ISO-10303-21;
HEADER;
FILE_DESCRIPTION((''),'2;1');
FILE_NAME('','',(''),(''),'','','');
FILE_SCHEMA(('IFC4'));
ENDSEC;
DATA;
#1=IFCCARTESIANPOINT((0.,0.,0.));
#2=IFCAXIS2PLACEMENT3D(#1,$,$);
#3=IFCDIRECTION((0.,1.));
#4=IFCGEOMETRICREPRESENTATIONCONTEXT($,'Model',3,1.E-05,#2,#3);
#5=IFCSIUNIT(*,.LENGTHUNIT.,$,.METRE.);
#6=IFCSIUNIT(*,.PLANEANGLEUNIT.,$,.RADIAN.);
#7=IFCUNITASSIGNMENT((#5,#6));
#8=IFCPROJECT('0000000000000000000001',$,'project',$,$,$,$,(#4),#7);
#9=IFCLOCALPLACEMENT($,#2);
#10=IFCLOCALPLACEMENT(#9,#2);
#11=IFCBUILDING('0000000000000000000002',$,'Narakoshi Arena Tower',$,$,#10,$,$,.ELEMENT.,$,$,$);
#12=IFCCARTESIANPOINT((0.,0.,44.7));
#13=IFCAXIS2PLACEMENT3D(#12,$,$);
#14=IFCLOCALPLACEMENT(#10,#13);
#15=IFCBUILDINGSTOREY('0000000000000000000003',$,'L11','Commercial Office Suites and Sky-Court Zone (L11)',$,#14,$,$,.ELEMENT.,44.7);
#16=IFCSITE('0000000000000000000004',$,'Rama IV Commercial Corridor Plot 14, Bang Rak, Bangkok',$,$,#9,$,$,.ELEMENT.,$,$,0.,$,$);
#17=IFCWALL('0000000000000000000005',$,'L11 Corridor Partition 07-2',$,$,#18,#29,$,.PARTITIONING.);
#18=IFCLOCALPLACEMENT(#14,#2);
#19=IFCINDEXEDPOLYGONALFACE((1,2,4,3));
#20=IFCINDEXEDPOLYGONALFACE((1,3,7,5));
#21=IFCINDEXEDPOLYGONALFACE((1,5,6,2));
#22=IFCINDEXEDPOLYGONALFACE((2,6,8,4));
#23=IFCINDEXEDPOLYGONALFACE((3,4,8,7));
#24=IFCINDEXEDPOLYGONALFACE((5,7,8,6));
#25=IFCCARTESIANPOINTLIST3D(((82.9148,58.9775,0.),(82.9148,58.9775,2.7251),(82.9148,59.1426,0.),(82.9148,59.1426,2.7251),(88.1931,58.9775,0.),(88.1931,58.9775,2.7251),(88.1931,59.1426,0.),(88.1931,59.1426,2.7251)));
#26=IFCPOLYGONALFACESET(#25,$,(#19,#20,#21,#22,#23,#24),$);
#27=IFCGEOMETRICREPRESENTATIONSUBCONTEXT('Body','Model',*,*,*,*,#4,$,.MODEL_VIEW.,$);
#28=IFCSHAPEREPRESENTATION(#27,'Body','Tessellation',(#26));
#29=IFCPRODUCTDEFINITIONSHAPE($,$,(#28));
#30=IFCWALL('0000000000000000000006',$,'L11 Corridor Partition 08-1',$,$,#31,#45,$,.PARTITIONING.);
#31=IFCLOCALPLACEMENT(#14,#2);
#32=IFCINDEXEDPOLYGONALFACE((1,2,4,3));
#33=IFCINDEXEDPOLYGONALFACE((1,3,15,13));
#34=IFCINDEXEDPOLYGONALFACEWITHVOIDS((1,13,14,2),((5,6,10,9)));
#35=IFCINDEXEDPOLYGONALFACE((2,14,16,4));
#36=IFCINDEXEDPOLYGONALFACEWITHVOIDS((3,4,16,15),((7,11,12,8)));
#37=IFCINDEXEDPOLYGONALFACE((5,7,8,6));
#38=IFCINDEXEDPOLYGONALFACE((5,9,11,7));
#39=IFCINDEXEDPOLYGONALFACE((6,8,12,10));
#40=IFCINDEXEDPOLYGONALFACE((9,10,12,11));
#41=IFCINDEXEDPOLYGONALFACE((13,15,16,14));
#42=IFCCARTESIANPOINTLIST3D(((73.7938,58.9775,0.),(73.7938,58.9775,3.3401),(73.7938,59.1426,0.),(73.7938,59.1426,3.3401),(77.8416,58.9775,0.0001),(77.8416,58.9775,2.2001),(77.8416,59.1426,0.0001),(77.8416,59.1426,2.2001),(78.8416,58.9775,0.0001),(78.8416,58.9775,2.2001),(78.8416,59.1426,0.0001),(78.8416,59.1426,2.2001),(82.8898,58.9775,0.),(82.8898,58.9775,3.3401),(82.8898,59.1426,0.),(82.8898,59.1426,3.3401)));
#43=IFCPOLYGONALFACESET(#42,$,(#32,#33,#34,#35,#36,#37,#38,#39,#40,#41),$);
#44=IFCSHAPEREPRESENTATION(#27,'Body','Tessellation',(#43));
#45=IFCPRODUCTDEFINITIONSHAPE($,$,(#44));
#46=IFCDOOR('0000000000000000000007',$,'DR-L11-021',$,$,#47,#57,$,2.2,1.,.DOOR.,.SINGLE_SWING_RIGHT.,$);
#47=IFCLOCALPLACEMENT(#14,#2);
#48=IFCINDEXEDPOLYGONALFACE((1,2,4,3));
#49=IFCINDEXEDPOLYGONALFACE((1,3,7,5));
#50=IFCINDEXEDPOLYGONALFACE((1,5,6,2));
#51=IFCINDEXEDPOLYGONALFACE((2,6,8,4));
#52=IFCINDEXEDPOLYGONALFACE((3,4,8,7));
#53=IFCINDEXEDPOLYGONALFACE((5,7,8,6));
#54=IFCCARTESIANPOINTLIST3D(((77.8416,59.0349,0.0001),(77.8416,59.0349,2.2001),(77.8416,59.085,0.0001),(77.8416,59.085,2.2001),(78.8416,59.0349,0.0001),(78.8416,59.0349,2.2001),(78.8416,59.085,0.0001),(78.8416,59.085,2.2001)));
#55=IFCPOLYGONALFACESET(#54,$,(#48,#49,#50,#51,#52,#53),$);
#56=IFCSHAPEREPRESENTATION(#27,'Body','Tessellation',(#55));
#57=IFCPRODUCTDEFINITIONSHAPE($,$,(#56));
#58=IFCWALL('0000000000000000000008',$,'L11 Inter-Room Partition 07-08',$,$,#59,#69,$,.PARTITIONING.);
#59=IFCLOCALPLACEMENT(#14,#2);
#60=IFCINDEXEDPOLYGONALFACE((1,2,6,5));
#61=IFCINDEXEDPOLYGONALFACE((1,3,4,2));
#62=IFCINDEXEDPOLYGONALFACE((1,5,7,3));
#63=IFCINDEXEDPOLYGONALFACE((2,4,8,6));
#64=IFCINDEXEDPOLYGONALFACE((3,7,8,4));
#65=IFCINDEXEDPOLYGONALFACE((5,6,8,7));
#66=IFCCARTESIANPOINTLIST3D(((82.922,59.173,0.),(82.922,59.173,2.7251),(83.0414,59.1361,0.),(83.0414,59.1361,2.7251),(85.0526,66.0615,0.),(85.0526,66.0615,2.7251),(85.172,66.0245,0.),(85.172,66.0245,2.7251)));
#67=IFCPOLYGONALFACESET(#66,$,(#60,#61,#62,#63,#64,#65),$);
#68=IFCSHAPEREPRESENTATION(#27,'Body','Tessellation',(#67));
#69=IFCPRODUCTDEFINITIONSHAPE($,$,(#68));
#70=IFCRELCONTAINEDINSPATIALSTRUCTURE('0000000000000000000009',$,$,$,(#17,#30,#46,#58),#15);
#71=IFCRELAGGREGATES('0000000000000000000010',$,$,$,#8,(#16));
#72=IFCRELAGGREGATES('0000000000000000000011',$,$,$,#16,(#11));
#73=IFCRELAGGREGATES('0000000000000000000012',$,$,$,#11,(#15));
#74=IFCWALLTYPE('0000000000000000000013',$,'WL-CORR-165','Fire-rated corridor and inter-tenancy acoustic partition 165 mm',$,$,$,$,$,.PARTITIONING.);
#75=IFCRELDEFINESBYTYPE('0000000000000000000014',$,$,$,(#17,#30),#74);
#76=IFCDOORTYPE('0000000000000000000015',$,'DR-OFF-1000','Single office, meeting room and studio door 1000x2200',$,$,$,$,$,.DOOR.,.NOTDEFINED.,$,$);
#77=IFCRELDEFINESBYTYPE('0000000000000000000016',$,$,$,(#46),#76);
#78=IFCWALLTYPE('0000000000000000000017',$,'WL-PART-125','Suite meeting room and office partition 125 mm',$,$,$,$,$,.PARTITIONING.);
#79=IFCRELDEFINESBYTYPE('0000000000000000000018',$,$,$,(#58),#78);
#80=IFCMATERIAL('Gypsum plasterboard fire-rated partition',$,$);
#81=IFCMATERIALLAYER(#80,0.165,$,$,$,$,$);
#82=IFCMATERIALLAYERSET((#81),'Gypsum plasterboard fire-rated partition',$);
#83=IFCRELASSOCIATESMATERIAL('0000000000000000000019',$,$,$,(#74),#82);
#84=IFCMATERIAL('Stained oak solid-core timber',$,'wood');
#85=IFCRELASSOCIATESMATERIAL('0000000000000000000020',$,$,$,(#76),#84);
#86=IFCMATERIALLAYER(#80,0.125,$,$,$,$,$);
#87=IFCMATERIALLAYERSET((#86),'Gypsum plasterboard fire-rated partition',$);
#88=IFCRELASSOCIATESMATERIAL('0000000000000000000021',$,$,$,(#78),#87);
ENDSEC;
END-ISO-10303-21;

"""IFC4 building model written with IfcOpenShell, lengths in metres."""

from ifc_helpers import new_model, si_unit, direction, frame, frame_2d, origin, place, context, subcontext, project, spatial, rectangle, extrude, material, layer, layer_set, type_object, element, fill, save


model = new_model("IFC4")

# Units and contexts
model_context = context("Model", 3, precision=1e-05, world=origin(), true_north=direction((0.0, 1.0)))
body_context = subcontext(model_context, "Body", "Model", "MODEL_VIEW")
ifc_project = project(units=[si_unit("LENGTHUNIT", "METRE"), si_unit("PLANEANGLEUNIT", "RADIAN")], contexts=[model_context])

# Site, building, storey
site_placement = place(None, origin())
site = spatial("IfcSite", under=ifc_project, at=site_placement, Name="Rama IV Commercial Corridor Plot 14, Bang Rak, Bangkok", CompositionType="ELEMENT", RefElevation=0.0)
building_placement = place(site_placement, origin())
building = spatial("IfcBuilding", under=site, at=building_placement, Name="Narakoshi Arena Tower", CompositionType="ELEMENT")
storey_placement = place(building_placement, frame((0.0, 0.0, 44.7)))
storey = spatial("IfcBuildingStorey", under=building, at=storey_placement, Name="L11", Description="Commercial Office Suites and Sky-Court Zone (L11)", CompositionType="ELEMENT", Elevation=44.7)

# Wall
ifc_material_1 = material(Name="Gypsum plasterboard fire-rated partition")
ifc_layer_1 = layer(ifc_material_1, 0.165)
ifc_layer_set_1 = layer_set([ifc_layer_1], Name="Gypsum plasterboard fire-rated partition")
wall_type_1 = type_object("IfcWallType", Name="WL-CORR-165", Description="Fire-rated corridor and inter-tenancy acoustic partition 165 mm", PredefinedType="PARTITIONING", material=ifc_layer_set_1)
wall_1_placement = place(storey_placement, frame((88.1931, 59.0601, 0.0), z_axis=(0.0, 0.0, 1.0), x_axis=(-1.0, 0.0, 0.0)))
element("IfcWall", 1, at=wall_1_placement, inside=storey, type_object=wall_type_1, Name="L11 Corridor Partition 07-2", PredefinedType="PARTITIONING", context=body_context, shape_type="SweptSolid", body=[
    extrude(rectangle(XDim=5.2783, YDim=0.165, at=frame_2d((2.6392, 0.0))), origin(), (0.0, 0.0, 1.0), 2.7251),
])

# Wall, opening, door
wall_2_placement = place(storey_placement, frame((82.8896, 59.0601, 0.0), z_axis=(0.0, 0.0, 1.0), x_axis=(-1.0, 0.0, 0.0)))
wall_2 = element("IfcWall", 2, at=wall_2_placement, inside=storey, type_object=wall_type_1, Name="L11 Corridor Partition 08-1", PredefinedType="PARTITIONING", context=body_context, shape_type="SweptSolid", body=[
    extrude(rectangle(XDim=9.0959, YDim=0.165, at=frame_2d((4.5479, 0.0))), origin(), (0.0, 0.0, 1.0), 3.3401),
])
opening_placement = place(wall_2_placement, frame((4.0481, 0.0, 0.0)))
opening = element("IfcOpeningElement", 3, at=opening_placement, cuts=wall_2, PredefinedType="OPENING", context=body_context, shape_type="SweptSolid", body=[
    extrude(rectangle(XDim=1.0, YDim=2.2, at=frame_2d((0.5, 1.1001))), frame((0.0, 0.0925, 0.0), z_axis=(0.0, -1.0, 0.0), x_axis=(1.0, 0.0, 0.0)), (0.0, 0.0, 1.0), 0.1851),
])
ifc_material_2 = material(Name="Stained oak solid-core timber", Category="wood")
door_type = type_object("IfcDoorType", Name="DR-OFF-1000", Description="Single office, meeting room and studio door 1000x2200", OperationType="NOTDEFINED", PredefinedType="DOOR", material=ifc_material_2)
door_placement = place(opening_placement, frame((1.0, 0.0, 0.0), z_axis=(0.0, 0.0, 1.0), x_axis=(-1.0, 0.0, 0.0)))
door = element("IfcDoor", 4, at=door_placement, inside=storey, type_object=door_type, Name="DR-L11-021", OperationType="SINGLE_SWING_RIGHT", OverallHeight=2.2, OverallWidth=1.0, PredefinedType="DOOR", context=body_context, shape_type="SweptSolid", body=[
    extrude(rectangle(XDim=1.0, YDim=2.2, at=frame_2d((0.5, 1.1001))), frame((0.0, 0.0249, 0.0), z_axis=(0.0, -1.0, 0.0), x_axis=(1.0, 0.0, 0.0)), (0.0, 0.0, 1.0), 0.05),
])
fill(opening, door)

# Wall
ifc_layer_2 = layer(ifc_material_1, 0.125)
ifc_layer_set_2 = layer_set([ifc_layer_2], Name="Gypsum plasterboard fire-rated partition")
wall_type_2 = type_object("IfcWallType", Name="WL-PART-125", Description="Suite meeting room and office partition 125 mm", PredefinedType="PARTITIONING", material=ifc_layer_set_2)
wall_3_placement = place(storey_placement, frame((82.9817, 59.1545, 0.0), z_axis=(0.0, 0.0, 1.0), x_axis=(0.295492, 0.955345, 0.0)))
element("IfcWall", 5, at=wall_3_placement, inside=storey, type_object=wall_type_2, Name="L11 Inter-Room Partition 07-08", PredefinedType="PARTITIONING", context=body_context, shape_type="SweptSolid", body=[
    extrude(rectangle(XDim=7.2104, YDim=0.125, at=frame_2d((3.6052, 0.0))), origin(), (0.0, 0.0, 1.0), 2.7251),
])

save(model, "model.ifc")
